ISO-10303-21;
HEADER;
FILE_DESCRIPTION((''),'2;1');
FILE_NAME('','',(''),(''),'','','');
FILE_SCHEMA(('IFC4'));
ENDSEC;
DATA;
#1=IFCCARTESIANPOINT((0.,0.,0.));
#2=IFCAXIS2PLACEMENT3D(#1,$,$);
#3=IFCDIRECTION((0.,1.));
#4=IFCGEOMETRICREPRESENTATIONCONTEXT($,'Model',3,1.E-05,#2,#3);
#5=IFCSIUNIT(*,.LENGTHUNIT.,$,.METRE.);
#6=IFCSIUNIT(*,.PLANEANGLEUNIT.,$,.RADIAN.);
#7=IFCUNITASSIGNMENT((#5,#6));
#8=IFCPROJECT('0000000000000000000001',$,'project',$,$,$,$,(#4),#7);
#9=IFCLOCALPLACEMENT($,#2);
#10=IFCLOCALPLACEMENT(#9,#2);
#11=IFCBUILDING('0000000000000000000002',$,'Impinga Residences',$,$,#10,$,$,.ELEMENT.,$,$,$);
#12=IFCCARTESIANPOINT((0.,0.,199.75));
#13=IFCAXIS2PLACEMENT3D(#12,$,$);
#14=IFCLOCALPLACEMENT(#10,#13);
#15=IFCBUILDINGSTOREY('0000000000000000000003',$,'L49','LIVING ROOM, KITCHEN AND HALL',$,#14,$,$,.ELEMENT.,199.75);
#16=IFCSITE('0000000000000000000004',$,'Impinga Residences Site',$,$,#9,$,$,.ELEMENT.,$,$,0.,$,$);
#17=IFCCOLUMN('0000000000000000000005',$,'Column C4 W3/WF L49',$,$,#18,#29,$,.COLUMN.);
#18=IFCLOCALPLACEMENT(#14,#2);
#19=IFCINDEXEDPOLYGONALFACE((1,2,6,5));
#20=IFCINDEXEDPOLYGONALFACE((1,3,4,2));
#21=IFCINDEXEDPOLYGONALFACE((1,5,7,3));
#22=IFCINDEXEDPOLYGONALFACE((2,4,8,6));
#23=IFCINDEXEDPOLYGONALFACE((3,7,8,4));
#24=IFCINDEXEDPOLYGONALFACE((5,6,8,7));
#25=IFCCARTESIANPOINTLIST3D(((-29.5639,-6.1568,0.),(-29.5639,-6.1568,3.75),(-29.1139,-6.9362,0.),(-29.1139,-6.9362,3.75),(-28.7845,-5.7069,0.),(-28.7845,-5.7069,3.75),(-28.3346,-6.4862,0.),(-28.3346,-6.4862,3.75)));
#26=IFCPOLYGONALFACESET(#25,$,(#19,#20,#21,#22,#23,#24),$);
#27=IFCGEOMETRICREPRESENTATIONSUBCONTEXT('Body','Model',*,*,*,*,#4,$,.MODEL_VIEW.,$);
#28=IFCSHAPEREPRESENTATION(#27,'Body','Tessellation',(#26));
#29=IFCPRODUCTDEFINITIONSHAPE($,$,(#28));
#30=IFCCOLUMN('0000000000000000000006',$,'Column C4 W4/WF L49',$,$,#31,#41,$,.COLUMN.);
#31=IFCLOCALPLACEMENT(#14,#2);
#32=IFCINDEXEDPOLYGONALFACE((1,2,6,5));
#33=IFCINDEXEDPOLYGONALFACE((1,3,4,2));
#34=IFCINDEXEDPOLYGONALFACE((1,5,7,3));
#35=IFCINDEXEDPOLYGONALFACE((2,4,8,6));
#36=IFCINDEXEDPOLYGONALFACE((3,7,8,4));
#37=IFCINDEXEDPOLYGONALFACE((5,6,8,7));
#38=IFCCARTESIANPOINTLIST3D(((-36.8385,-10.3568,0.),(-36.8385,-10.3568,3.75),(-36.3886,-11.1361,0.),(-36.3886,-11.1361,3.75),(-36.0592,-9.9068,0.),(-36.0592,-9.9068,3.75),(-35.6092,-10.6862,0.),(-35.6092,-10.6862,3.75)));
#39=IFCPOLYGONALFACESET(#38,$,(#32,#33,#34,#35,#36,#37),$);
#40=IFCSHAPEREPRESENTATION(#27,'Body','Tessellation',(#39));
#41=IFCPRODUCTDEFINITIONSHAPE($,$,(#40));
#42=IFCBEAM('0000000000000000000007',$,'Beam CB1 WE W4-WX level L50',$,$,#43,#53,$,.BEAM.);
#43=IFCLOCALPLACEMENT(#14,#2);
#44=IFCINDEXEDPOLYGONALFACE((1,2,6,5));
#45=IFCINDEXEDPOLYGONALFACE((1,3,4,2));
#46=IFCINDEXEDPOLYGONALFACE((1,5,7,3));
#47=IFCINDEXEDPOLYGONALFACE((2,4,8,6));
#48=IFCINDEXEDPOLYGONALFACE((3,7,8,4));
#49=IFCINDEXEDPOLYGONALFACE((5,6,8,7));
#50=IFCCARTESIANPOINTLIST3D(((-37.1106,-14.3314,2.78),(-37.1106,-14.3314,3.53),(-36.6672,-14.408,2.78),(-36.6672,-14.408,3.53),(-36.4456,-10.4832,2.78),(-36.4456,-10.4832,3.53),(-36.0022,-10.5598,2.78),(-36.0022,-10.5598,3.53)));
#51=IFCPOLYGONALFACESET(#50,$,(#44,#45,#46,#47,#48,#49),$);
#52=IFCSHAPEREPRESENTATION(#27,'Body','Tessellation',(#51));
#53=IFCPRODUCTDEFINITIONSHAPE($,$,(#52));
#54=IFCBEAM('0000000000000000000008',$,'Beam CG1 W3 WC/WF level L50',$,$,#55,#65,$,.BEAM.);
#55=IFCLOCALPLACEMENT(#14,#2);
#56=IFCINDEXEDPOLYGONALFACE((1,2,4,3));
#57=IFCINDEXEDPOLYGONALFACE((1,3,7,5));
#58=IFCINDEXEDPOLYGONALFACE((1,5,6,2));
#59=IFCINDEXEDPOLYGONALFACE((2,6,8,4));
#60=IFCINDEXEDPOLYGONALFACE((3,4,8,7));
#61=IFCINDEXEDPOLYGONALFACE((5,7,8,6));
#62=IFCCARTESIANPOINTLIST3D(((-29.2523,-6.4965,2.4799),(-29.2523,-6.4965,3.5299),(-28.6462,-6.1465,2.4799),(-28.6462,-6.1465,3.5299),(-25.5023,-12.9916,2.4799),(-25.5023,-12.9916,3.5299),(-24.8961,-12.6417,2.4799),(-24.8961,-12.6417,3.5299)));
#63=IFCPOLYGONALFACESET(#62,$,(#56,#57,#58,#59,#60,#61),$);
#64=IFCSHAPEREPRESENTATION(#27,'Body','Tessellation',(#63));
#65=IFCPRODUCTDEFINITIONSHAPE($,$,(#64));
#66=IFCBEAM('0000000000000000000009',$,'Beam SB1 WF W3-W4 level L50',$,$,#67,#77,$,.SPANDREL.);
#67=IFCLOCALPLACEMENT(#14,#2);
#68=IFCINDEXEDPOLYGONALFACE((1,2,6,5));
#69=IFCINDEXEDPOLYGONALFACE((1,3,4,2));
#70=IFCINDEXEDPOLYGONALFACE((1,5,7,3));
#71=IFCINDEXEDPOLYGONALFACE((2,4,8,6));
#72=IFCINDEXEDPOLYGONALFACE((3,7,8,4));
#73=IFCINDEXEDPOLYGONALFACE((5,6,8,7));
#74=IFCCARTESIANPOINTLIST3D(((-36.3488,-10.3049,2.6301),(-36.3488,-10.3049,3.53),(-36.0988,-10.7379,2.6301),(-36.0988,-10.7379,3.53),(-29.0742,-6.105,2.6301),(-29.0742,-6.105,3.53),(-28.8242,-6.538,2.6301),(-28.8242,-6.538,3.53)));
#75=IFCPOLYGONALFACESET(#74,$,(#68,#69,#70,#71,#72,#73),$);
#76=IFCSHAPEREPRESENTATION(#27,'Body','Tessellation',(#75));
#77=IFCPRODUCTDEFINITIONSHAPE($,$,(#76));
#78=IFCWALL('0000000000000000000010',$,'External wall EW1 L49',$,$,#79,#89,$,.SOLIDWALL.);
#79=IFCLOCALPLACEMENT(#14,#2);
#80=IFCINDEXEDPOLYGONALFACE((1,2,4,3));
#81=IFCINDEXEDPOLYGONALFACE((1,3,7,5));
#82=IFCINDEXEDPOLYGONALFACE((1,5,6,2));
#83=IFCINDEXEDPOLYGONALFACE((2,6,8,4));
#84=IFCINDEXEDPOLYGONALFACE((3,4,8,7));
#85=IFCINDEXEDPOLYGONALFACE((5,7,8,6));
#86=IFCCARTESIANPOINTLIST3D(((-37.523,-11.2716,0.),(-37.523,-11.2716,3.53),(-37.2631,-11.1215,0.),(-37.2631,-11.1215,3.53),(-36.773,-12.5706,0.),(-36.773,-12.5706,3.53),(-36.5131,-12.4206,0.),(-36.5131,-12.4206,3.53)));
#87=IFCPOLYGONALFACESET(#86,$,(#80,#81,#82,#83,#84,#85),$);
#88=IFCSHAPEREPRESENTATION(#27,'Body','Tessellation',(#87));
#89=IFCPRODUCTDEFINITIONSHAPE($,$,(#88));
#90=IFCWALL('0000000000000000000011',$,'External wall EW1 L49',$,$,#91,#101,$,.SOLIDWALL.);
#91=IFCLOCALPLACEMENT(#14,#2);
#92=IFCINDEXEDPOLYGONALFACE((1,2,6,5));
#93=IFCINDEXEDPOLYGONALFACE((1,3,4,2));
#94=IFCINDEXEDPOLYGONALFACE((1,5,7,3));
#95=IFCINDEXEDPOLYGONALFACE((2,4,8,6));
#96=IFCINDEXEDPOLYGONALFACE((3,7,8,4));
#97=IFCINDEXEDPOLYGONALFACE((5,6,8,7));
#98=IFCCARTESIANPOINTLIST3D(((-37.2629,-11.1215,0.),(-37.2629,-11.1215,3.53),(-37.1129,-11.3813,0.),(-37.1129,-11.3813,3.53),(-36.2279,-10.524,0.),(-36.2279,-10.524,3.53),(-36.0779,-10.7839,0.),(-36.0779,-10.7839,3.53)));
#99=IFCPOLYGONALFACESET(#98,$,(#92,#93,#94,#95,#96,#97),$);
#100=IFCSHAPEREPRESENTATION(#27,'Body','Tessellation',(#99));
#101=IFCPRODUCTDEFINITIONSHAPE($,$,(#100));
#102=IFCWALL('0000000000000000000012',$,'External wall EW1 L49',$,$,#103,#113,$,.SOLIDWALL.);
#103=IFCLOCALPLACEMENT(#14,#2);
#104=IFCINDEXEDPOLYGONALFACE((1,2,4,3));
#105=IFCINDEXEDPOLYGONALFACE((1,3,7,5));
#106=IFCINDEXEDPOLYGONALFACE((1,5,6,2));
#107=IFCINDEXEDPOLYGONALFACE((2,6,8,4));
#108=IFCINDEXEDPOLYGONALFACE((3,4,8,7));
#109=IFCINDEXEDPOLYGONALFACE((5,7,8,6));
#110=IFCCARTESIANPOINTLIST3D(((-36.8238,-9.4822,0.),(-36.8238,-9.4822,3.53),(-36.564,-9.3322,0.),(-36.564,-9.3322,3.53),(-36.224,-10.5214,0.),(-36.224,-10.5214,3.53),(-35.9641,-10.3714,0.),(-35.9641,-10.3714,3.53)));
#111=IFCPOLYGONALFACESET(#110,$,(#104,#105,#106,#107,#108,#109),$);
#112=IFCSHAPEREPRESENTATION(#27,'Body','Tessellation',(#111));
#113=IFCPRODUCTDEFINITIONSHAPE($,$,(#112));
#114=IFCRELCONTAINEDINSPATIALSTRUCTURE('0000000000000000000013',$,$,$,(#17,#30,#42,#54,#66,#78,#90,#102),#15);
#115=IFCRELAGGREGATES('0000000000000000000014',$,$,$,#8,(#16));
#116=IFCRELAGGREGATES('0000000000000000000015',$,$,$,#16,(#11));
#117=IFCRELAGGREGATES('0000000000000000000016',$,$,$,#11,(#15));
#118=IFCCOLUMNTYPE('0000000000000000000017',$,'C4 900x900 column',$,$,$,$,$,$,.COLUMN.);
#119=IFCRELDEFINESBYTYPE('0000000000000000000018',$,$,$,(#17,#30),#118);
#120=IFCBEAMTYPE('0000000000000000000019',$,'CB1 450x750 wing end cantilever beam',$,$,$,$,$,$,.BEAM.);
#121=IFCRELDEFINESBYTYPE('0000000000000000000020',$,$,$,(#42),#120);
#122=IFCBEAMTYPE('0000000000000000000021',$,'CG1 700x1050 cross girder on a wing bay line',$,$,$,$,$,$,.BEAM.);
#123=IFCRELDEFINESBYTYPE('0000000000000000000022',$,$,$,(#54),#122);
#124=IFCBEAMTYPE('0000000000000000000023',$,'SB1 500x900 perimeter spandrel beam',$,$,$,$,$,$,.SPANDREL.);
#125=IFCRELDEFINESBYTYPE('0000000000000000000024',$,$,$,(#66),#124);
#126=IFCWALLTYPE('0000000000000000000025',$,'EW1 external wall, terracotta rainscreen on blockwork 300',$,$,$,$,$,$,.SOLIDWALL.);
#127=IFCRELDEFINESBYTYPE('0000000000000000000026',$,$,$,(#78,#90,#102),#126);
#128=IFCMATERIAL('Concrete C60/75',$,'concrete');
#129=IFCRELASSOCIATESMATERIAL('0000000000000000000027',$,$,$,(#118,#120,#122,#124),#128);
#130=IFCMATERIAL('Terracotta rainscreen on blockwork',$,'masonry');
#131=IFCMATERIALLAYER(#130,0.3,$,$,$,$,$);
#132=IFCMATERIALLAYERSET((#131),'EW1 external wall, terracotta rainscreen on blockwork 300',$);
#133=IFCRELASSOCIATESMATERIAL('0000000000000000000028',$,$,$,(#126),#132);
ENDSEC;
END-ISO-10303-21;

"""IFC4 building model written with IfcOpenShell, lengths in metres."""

from ifc_helpers import new_model, si_unit, direction, frame, frame_2d, origin, origin_2d, place, context, subcontext, project, spatial, rectangle, extrude, material, layer, layer_set, material_profile, profile_set, type_object, element, save


model = new_model("IFC4")

# Units and contexts
model_context = context("Model", 3, precision=1e-05, world=origin(), true_north=direction((0.0, 1.0)))
body_context = subcontext(model_context, "Body", "Model", "MODEL_VIEW")
ifc_project = project(units=[si_unit("LENGTHUNIT", "METRE"), si_unit("PLANEANGLEUNIT", "RADIAN")], contexts=[model_context])

# Site, building, storey
site_placement = place(None, origin())
site = spatial("IfcSite", under=ifc_project, at=site_placement, Name="Impinga Residences Site", CompositionType="ELEMENT", RefElevation=0.0)
building_placement = place(site_placement, origin())
building = spatial("IfcBuilding", under=site, at=building_placement, Name="Impinga Residences", CompositionType="ELEMENT")
storey_placement = place(building_placement, frame((0.0, 0.0, 199.75)))
storey = spatial("IfcBuildingStorey", under=building, at=storey_placement, Name="L49", Description="LIVING ROOM, KITCHEN AND HALL", CompositionType="ELEMENT", Elevation=199.75)

# Columns
ifc_material_1 = material(Name="Concrete C60/75", Category="concrete")
ifc_material_profile_1 = material_profile(ifc_material_1, rectangle(XDim=0.8999, YDim=0.8999, at=origin_2d()), Name="RC 900x900")
ifc_profile_set_1 = profile_set([ifc_material_profile_1], Name="Concrete C60/75")
column_type = type_object("IfcColumnType", Name="C4 900x900 column", PredefinedType="COLUMN", material=ifc_profile_set_1)
for number, where, z_axis, x_axis, name in (
    (1, (-28.9492, -6.3215, 0.0), (0.0, 0.0, 1.0), (-0.5, 0.866025, 0.0), "Column C4 W3/WF L49"),
    (2, (-36.2239, -10.5215, 0.0), (0.0, 0.0, 1.0), (-0.5, 0.866025, 0.0), "Column C4 W4/WF L49"),
):
    element("IfcColumn", number, at=place(storey_placement, frame(where, z_axis=z_axis, x_axis=x_axis)), inside=storey, type_object=column_type, Name=name, PredefinedType="COLUMN", context=body_context, shape_type="SweptSolid", body=[
        extrude(rectangle(XDim=0.8999, YDim=0.8999, at=origin_2d()), origin(), (0.0, 0.0, 1.0), 3.75),
    ])

# Beams
ifc_material_profile_2 = material_profile(ifc_material_1, rectangle(XDim=0.45, YDim=0.75, at=origin_2d()), Name="RC 450x750")
ifc_profile_set_2 = profile_set([ifc_material_profile_2], Name="Concrete C60/75")
beam_type_1 = type_object("IfcBeamType", Name="CB1 450x750 wing end cantilever beam", PredefinedType="BEAM", material=ifc_profile_set_2)
beam_1_placement = place(storey_placement, frame((-36.2239, -10.5215, 3.155), z_axis=(-0.170296, -0.985393, 0.0), x_axis=(0.985393, -0.170296, 0.0)))
element("IfcBeam", 3, at=beam_1_placement, inside=storey, type_object=beam_type_1, Name="Beam CB1 WE W4-WX level L50", PredefinedType="BEAM", context=body_context, shape_type="SweptSolid", body=[
    extrude(rectangle(XDim=0.45, YDim=0.75, at=origin_2d()), origin(), (0.0, 0.0, 1.0), 3.9053),
])
ifc_material_profile_3 = material_profile(ifc_material_1, rectangle(XDim=0.7, YDim=1.05, at=origin_2d()), Name="RC 700x1050")
ifc_profile_set_3 = profile_set([ifc_material_profile_3], Name="Concrete C60/75")
beam_type_2 = type_object("IfcBeamType", Name="CG1 700x1050 cross girder on a wing bay line", PredefinedType="BEAM", material=ifc_profile_set_3)
beam_2_placement = place(storey_placement, frame((-25.1992, -12.8167, 3.0049), z_axis=(-0.500004, 0.866023, 0.0), x_axis=(-0.866023, -0.500004, 0.0)))
element("IfcBeam", 4, at=beam_2_placement, inside=storey, type_object=beam_type_2, Name="Beam CG1 W3 WC/WF level L50", PredefinedType="BEAM", context=body_context, shape_type="SweptSolid", body=[
    extrude(rectangle(XDim=0.7, YDim=1.05, at=origin_2d()), origin(), (0.0, 0.0, 1.0), 7.5),
])
ifc_material_profile_4 = material_profile(ifc_material_1, rectangle(XDim=0.5, YDim=0.8999, at=origin_2d()), Name="RC 500x900")
ifc_profile_set_4 = profile_set([ifc_material_profile_4], Name="Concrete C60/75")
beam_type_3 = type_object("IfcBeamType", Name="SB1 500x900 perimeter spandrel beam", PredefinedType="SPANDREL", material=ifc_profile_set_4)
beam_3_placement = place(storey_placement, frame((-28.9492, -6.3215, 3.0801), z_axis=(-0.866029, -0.499993, 0.0), x_axis=(0.499993, -0.866029, 0.0)))
element("IfcBeam", 5, at=beam_3_placement, inside=storey, type_object=beam_type_3, Name="Beam SB1 WF W3-W4 level L50", PredefinedType="SPANDREL", context=body_context, shape_type="SweptSolid", body=[
    extrude(rectangle(XDim=0.5, YDim=0.8999, at=origin_2d()), origin(), (0.0, 0.0, 1.0), 8.3999),
])

# Walls
ifc_material_2 = material(Name="Terracotta rainscreen on blockwork", Category="masonry")
ifc_layer_1 = layer(ifc_material_2, 0.3)
ifc_layer_set_1 = layer_set([ifc_layer_1], Name="EW1 external wall, terracotta rainscreen on blockwork 300")
wall_type_1 = type_object("IfcWallType", Name="EW1 external wall, terracotta rainscreen on blockwork 300", PredefinedType="SOLIDWALL", material=ifc_layer_set_1)
wall_1_placement = place(storey_placement, frame((-36.6431, -12.4956, 0.0), z_axis=(0.0, 0.0, 1.0), x_axis=(-0.49999, 0.866031, 0.0)))
element("IfcWall", 6, at=wall_1_placement, inside=storey, type_object=wall_type_1, Name="External wall EW1 L49", PredefinedType="SOLIDWALL", context=body_context, shape_type="SweptSolid", body=[
    extrude(rectangle(XDim=1.5, YDim=0.3, at=frame_2d((0.75, 0.0))), origin(), (0.0, 0.0, 1.0), 3.53),
])
wall_2_placement = place(storey_placement, frame((-37.188, -11.2515, 0.0), z_axis=(0.0, 0.0, 1.0), x_axis=(0.86606, 0.499941, 0.0)))
element("IfcWall", 7, at=wall_2_placement, inside=storey, type_object=wall_type_1, Name="External wall EW1 L49", PredefinedType="SOLIDWALL", context=body_context, shape_type="SweptSolid", body=[
    extrude(rectangle(XDim=1.1951, YDim=0.3, at=frame_2d((0.5977, 0.0))), origin(), (0.0, 0.0, 1.0), 3.53),
])
wall_3_placement = place(storey_placement, frame((-36.094, -10.4465, 0.0), z_axis=(0.0, 0.0, 1.0), x_axis=(-0.499881, 0.866094, 0.0)))
element("IfcWall", 8, at=wall_3_placement, inside=storey, type_object=wall_type_1, Name="External wall EW1 L49", PredefinedType="SOLIDWALL", context=body_context, shape_type="SweptSolid", body=[
    extrude(rectangle(XDim=1.2, YDim=0.3, at=frame_2d((0.6001, 0.0))), origin(), (0.0, 0.0, 1.0), 3.53),
])

save(model, "model.ifc")
